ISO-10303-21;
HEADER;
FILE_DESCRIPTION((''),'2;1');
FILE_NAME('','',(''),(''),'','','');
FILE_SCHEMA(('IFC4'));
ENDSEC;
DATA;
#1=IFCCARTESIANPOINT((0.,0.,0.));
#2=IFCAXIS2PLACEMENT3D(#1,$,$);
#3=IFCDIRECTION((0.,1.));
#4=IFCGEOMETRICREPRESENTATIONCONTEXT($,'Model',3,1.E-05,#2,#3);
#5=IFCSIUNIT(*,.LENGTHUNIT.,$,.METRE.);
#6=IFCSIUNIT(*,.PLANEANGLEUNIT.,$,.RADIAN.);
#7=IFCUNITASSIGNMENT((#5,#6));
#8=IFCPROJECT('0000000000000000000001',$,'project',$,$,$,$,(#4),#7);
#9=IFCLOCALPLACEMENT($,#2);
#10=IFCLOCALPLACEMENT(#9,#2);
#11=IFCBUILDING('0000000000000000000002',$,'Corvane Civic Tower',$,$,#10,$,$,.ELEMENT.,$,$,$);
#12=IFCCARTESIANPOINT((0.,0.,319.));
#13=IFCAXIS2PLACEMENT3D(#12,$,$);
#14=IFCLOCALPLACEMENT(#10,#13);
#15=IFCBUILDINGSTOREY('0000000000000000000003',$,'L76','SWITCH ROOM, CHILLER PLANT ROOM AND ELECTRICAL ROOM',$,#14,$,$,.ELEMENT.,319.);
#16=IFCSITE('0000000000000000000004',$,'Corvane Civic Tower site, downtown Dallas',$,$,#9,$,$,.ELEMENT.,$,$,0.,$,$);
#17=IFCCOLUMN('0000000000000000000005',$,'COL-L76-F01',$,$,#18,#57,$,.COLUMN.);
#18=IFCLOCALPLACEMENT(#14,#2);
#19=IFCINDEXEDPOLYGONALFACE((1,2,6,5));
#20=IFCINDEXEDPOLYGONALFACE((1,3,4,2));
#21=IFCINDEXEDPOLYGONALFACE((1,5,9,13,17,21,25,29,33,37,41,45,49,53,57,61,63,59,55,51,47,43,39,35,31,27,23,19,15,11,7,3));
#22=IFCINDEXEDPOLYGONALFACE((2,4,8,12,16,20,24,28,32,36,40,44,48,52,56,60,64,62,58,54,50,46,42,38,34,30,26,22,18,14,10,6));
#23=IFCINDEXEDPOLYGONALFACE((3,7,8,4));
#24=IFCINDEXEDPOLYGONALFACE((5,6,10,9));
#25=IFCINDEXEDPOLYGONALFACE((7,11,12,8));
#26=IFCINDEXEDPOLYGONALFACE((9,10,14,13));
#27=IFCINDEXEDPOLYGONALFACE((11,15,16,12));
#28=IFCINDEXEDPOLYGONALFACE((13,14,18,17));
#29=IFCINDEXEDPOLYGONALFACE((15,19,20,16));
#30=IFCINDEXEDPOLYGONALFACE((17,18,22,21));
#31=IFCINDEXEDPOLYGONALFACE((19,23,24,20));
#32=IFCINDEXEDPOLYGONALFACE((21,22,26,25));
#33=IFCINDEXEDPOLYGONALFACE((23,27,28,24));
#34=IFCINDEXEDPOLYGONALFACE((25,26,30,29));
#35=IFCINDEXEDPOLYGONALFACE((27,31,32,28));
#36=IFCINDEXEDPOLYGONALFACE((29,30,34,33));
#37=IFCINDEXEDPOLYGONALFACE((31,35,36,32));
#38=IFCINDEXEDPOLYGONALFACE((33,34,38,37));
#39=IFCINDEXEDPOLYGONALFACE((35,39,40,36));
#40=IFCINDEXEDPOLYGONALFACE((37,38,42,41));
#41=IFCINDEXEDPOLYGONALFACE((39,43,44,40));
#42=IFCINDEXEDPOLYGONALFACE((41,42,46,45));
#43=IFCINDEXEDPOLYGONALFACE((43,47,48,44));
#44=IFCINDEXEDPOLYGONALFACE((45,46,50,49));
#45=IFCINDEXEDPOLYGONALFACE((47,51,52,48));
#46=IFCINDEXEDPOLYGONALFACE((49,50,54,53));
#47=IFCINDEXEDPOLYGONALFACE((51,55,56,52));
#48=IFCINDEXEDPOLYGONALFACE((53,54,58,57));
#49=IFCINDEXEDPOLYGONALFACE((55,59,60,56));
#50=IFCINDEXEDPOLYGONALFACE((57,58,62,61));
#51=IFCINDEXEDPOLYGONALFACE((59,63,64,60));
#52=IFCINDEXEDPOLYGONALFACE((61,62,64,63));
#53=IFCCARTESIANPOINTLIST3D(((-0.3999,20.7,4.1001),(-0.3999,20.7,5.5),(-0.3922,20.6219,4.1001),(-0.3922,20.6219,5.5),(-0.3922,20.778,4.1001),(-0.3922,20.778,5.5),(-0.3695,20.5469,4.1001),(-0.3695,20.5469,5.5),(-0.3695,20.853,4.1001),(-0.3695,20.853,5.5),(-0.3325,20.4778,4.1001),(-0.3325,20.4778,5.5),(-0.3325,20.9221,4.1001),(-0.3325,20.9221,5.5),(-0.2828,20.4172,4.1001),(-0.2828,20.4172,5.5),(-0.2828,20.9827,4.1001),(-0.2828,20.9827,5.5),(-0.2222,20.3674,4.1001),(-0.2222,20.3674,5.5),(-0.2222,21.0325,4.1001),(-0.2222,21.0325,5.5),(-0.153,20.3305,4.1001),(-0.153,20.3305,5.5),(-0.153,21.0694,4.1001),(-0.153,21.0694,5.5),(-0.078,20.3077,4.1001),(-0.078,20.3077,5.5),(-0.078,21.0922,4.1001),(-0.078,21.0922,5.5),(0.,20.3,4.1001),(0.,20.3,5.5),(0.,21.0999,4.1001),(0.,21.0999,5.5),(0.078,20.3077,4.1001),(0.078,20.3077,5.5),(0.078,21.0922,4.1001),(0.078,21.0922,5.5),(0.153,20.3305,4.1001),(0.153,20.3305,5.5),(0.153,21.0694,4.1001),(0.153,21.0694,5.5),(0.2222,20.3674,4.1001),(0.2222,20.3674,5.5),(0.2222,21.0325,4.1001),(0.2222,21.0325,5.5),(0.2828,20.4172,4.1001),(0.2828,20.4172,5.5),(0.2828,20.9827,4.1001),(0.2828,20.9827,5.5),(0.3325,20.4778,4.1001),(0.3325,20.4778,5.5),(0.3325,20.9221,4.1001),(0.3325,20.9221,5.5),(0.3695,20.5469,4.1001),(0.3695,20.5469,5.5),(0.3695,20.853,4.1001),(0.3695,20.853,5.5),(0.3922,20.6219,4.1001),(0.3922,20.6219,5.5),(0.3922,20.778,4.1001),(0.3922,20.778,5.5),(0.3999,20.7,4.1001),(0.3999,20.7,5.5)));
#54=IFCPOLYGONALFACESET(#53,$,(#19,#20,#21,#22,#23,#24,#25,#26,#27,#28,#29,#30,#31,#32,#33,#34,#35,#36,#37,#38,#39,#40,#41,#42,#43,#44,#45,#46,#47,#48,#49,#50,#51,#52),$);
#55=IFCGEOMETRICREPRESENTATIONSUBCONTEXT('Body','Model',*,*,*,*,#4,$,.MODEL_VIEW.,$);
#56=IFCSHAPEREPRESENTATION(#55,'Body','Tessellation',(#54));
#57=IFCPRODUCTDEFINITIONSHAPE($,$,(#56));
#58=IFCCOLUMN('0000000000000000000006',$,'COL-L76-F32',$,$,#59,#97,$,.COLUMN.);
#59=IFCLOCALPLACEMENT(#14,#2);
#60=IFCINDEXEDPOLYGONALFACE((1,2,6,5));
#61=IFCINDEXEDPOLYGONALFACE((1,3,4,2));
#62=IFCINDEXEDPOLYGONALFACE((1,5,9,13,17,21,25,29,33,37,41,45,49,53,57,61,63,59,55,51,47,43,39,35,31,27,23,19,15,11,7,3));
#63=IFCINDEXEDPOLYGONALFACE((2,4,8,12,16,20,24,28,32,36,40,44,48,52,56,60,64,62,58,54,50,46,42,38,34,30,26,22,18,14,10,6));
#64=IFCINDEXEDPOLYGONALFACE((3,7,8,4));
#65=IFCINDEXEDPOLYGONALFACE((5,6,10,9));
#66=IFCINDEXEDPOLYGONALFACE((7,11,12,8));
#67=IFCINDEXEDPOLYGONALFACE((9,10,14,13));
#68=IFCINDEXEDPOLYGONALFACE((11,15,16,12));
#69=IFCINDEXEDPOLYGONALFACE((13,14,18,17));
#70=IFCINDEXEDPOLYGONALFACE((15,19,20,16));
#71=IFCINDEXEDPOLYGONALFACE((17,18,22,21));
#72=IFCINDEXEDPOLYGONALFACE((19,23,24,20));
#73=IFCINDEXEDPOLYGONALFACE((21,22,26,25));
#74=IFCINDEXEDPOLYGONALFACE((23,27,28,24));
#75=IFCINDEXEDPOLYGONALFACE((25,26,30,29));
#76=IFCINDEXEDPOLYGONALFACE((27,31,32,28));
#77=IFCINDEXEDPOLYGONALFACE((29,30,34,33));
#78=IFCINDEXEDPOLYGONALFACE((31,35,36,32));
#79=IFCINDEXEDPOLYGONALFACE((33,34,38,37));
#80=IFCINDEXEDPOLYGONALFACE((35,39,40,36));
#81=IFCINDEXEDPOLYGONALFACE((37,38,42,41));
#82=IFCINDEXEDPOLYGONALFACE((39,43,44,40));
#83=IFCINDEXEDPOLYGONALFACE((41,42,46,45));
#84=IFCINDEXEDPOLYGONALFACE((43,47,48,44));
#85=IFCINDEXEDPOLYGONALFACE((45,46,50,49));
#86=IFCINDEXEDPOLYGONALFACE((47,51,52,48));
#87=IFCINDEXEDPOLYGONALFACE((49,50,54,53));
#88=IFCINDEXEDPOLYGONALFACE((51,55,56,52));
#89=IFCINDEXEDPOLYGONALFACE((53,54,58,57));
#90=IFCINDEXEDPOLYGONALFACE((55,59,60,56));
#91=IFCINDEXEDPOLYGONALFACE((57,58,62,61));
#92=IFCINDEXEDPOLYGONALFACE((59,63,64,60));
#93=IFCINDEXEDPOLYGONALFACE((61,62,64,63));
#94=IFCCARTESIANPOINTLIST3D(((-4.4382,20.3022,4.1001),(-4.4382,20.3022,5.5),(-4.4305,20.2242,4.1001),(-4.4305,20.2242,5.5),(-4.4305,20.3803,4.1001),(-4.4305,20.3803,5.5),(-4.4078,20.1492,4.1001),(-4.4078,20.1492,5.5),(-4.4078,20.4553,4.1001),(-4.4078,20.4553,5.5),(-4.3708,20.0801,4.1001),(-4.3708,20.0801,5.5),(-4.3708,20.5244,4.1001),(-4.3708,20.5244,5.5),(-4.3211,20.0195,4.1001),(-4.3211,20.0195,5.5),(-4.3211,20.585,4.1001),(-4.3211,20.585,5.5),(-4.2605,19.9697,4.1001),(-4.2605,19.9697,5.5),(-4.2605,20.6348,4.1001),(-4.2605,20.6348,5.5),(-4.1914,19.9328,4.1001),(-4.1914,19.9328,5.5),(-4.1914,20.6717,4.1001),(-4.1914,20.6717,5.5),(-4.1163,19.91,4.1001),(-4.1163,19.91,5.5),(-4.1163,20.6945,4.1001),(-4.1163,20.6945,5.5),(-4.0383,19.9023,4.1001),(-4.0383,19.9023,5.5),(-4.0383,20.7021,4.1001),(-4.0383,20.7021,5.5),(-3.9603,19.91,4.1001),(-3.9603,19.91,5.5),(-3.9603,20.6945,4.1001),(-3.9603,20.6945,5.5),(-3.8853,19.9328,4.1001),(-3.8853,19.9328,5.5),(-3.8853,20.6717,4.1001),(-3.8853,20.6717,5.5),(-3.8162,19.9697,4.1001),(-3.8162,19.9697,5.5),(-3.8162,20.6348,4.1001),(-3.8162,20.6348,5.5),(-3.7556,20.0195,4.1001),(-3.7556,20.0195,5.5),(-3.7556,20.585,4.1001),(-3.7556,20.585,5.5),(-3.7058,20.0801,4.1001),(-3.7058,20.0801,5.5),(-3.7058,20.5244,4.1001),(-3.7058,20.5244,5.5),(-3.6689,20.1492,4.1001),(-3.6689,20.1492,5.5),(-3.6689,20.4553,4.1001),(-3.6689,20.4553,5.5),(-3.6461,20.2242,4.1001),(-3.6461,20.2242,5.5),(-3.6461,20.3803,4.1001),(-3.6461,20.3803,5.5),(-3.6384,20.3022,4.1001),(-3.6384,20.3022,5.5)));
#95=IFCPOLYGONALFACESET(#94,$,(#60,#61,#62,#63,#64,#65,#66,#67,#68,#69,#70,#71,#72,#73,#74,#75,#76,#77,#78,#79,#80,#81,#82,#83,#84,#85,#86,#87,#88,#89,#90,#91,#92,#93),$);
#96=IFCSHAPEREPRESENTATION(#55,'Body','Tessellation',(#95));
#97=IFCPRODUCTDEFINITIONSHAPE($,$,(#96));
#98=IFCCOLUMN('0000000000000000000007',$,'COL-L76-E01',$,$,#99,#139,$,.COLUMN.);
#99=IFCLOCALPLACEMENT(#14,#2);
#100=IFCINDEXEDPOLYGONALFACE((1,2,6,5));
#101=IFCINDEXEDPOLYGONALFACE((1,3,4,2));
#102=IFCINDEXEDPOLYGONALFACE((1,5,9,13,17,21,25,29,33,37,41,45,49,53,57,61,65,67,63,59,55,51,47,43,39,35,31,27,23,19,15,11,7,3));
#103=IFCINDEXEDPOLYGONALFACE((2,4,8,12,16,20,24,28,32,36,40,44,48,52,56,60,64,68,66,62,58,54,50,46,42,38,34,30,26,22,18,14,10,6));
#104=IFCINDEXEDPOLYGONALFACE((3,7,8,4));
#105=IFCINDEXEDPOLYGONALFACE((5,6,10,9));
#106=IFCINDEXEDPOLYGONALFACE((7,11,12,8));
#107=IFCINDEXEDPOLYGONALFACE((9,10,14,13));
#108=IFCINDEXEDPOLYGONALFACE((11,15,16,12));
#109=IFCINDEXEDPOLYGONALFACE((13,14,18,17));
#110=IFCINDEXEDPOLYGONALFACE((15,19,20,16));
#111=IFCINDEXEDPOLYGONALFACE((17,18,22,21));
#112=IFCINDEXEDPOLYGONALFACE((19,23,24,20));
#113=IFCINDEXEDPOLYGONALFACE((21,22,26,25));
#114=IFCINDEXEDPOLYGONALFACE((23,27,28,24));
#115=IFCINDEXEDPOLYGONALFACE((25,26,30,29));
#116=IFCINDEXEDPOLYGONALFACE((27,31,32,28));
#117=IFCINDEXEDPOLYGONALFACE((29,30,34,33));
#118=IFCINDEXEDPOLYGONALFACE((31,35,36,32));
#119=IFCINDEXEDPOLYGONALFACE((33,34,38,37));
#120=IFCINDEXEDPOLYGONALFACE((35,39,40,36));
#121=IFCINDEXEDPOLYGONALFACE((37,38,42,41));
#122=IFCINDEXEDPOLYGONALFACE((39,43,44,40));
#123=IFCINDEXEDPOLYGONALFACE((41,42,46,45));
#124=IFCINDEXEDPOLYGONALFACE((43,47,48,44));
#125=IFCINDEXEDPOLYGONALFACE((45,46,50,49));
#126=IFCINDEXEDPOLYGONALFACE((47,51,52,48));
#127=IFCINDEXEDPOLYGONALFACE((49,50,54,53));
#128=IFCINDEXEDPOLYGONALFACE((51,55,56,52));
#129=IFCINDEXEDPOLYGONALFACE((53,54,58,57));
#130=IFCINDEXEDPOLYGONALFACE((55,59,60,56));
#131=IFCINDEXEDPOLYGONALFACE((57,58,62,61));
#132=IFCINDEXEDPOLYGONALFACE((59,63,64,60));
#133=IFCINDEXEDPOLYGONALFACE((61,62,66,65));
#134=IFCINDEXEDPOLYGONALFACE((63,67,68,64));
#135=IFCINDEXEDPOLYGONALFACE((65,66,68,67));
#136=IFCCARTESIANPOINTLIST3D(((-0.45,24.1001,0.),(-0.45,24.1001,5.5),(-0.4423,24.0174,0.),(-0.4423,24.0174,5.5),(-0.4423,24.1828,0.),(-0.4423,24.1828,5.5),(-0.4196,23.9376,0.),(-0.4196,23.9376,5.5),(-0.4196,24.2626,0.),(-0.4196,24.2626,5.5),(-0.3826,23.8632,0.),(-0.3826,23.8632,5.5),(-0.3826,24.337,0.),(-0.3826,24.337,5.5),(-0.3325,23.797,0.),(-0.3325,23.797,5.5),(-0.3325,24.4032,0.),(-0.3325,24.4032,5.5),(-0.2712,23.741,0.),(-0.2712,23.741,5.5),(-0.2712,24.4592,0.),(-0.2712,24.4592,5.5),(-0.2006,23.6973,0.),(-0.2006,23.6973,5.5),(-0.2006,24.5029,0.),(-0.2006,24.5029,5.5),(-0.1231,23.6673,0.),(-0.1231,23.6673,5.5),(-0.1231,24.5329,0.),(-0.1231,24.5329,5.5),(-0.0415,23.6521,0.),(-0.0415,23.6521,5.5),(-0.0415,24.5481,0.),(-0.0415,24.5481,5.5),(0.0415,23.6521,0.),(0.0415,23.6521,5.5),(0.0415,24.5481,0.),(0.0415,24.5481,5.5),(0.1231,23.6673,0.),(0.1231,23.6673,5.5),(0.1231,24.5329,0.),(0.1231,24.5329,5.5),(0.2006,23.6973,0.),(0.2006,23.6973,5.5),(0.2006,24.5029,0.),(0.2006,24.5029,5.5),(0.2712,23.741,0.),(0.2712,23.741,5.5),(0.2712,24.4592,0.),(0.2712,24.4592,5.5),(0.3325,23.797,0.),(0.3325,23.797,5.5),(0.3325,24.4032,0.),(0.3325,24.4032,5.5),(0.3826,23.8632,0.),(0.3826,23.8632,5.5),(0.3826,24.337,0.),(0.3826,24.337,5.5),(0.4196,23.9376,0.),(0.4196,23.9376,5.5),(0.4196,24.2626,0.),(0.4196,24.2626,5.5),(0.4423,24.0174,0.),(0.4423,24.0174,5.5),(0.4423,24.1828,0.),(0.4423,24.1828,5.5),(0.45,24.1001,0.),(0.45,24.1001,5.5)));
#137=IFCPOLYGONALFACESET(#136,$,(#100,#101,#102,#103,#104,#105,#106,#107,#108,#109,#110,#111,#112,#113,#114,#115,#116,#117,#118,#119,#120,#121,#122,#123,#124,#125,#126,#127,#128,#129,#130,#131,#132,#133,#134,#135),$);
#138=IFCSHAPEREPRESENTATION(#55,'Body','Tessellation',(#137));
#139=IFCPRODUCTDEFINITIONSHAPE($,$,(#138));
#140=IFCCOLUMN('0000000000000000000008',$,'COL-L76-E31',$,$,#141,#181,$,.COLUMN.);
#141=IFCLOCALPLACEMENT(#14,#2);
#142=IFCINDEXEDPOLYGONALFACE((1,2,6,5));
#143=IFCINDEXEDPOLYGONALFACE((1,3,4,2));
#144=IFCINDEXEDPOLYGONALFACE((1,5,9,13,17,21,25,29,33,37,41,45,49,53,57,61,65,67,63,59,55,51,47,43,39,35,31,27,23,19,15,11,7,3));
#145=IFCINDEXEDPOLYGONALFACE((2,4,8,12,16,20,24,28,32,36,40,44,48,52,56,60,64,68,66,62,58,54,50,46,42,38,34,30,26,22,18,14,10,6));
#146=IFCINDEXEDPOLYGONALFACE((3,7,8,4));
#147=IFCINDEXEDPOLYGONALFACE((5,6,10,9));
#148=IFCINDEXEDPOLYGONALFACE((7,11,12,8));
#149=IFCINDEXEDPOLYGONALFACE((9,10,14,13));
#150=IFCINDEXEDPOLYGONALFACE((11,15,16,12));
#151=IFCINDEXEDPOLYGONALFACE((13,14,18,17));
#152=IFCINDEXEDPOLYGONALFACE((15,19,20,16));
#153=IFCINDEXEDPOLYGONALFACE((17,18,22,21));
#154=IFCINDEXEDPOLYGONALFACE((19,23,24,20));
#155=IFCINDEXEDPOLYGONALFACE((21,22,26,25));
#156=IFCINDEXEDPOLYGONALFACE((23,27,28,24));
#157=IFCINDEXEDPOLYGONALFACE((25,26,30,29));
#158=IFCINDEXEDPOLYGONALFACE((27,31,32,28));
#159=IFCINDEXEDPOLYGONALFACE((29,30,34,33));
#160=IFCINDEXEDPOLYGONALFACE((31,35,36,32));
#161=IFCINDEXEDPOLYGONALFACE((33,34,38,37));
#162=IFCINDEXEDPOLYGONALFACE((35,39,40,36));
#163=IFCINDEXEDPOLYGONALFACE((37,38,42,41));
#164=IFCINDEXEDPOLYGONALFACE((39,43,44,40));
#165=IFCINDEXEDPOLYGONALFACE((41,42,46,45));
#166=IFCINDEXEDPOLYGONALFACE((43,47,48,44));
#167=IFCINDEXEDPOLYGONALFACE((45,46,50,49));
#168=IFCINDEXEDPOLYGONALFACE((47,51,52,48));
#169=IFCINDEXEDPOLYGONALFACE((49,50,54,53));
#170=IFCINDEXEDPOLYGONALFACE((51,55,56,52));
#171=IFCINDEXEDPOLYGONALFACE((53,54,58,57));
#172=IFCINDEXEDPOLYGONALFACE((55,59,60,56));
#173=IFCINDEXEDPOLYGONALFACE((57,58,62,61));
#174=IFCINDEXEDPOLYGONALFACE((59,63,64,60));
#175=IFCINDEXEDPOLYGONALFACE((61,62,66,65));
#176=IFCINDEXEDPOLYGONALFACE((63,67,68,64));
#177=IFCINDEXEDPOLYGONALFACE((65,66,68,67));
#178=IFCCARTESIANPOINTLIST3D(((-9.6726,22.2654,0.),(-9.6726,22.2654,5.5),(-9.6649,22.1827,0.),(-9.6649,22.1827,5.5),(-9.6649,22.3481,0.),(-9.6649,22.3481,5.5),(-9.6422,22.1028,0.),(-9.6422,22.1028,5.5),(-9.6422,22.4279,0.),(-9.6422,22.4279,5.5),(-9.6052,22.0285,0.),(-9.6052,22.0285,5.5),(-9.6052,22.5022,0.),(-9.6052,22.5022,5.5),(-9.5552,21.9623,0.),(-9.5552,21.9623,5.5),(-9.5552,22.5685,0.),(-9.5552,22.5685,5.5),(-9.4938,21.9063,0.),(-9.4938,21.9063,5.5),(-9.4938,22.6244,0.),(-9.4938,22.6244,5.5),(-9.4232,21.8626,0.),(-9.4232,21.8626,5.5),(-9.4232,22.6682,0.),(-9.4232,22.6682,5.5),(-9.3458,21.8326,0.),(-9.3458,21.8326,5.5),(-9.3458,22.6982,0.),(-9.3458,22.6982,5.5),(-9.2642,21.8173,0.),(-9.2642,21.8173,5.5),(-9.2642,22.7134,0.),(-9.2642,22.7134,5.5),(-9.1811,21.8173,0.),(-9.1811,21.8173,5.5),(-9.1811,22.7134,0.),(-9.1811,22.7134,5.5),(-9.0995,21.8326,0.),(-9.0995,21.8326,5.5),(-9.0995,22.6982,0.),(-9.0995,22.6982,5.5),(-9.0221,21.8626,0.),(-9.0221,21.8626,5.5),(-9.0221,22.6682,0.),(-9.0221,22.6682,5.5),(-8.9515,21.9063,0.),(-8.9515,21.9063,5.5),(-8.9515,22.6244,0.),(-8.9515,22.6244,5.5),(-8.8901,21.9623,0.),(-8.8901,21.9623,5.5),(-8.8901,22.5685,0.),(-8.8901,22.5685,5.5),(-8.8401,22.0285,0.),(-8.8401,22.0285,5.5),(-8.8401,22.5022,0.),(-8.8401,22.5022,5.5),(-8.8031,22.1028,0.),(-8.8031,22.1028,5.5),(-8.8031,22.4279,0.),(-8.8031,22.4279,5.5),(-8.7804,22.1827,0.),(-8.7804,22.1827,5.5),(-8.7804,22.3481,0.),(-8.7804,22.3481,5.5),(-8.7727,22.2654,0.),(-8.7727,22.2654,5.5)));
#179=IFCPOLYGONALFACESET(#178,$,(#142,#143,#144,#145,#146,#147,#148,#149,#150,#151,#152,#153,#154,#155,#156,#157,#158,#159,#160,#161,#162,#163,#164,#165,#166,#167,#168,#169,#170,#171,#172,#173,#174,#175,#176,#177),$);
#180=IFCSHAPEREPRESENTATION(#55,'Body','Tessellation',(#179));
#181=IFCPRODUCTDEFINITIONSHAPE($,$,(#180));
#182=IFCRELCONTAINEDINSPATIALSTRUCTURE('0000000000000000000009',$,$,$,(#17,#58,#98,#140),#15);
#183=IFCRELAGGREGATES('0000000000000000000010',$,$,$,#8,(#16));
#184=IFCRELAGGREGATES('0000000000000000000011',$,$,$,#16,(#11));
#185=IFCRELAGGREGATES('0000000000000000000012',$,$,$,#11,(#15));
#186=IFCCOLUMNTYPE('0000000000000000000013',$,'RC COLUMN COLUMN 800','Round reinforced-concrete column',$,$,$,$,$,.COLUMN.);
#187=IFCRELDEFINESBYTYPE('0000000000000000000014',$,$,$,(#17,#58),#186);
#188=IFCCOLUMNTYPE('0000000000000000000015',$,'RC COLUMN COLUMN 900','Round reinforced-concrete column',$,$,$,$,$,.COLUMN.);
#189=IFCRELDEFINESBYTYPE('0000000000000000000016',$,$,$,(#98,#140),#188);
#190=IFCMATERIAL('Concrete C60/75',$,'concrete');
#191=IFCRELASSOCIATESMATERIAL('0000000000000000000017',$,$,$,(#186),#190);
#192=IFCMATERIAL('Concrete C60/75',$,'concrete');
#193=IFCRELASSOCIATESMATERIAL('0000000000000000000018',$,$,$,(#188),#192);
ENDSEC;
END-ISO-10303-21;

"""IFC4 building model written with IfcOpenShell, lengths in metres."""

from ifc_helpers import new_model, si_unit, direction, frame, origin, origin_2d, place, context, subcontext, project, spatial, circle, extrude, material, material_profile, profile_set, type_object, element, save


model = new_model("IFC4")

# Units and contexts
model_context = context("Model", 3, precision=1e-05, world=origin(), true_north=direction((0.0, 1.0)))
body_context = subcontext(model_context, "Body", "Model", "MODEL_VIEW")
ifc_project = project(units=[si_unit("LENGTHUNIT", "METRE"), si_unit("PLANEANGLEUNIT", "RADIAN")], contexts=[model_context])

# Site, building, storey
site_placement = place(None, origin())
site = spatial("IfcSite", under=ifc_project, at=site_placement, Name="Corvane Civic Tower site, downtown Dallas", CompositionType="ELEMENT", RefElevation=0.0)
building_placement = place(site_placement, origin())
building = spatial("IfcBuilding", under=site, at=building_placement, Name="Corvane Civic Tower", CompositionType="ELEMENT")
storey_placement = place(building_placement, frame((0.0, 0.0, 319.0)))
storey = spatial("IfcBuildingStorey", under=building, at=storey_placement, Name="L76", Description="SWITCH ROOM, CHILLER PLANT ROOM AND ELECTRICAL ROOM", CompositionType="ELEMENT", Elevation=319.0)

# Columns
ifc_material_1 = material(Name="Concrete C60/75", Category="concrete")
ifc_material_profile_1 = material_profile(ifc_material_1, circle(Radius=0.3999, at=origin_2d()), Name="COLUMN 800")
ifc_profile_set_1 = profile_set([ifc_material_profile_1], Name="Concrete C60/75")
column_type_1 = type_object("IfcColumnType", Name="RC COLUMN COLUMN 800", Description="Round reinforced-concrete column", PredefinedType="COLUMN", material=ifc_profile_set_1)
for number, where, z_axis, x_axis, name in (
    (1, (0.0, 20.7, 4.1001), (0.0, 0.0, 1.0), (1.0, 0.0, 0.0), "COL-L76-F01"),
    (2, (-4.0383, 20.3022, 4.1001), (0.0, 0.0, 1.0), (1.0, 0.0, 0.0), "COL-L76-F32"),
):
    element("IfcColumn", number, at=place(storey_placement, frame(where, z_axis=z_axis, x_axis=x_axis)), inside=storey, type_object=column_type_1, Name=name, PredefinedType="COLUMN", context=body_context, shape_type="SweptSolid", body=[
        extrude(circle(Radius=0.3999, at=origin_2d()), origin(), (0.0, 0.0, 1.0), 1.3999),
    ])
ifc_material_2 = material(Name="Concrete C60/75", Category="concrete")
ifc_material_profile_2 = material_profile(ifc_material_2, circle(Radius=0.45, at=origin_2d()), Name="COLUMN 900")
ifc_profile_set_2 = profile_set([ifc_material_profile_2], Name="Concrete C60/75")
column_type_2 = type_object("IfcColumnType", Name="RC COLUMN COLUMN 900", Description="Round reinforced-concrete column", PredefinedType="COLUMN", material=ifc_profile_set_2)
for number, where, z_axis, x_axis, name in (
    (3, (0.0, 24.1001, 0.0), (0.0, 0.0, 1.0), (1.0, 0.0, 0.0), "COL-L76-E01"),
    (4, (-9.2227, 22.2654, 0.0), (0.0, 0.0, 1.0), (1.0, 0.0, 0.0), "COL-L76-E31"),
):
    element("IfcColumn", number, at=place(storey_placement, frame(where, z_axis=z_axis, x_axis=x_axis)), inside=storey, type_object=column_type_2, Name=name, PredefinedType="COLUMN", context=body_context, shape_type="SweptSolid", body=[
        extrude(circle(Radius=0.45, at=origin_2d()), origin(), (0.0, 0.0, 1.0), 5.5),
    ])

save(model, "model.ifc")
